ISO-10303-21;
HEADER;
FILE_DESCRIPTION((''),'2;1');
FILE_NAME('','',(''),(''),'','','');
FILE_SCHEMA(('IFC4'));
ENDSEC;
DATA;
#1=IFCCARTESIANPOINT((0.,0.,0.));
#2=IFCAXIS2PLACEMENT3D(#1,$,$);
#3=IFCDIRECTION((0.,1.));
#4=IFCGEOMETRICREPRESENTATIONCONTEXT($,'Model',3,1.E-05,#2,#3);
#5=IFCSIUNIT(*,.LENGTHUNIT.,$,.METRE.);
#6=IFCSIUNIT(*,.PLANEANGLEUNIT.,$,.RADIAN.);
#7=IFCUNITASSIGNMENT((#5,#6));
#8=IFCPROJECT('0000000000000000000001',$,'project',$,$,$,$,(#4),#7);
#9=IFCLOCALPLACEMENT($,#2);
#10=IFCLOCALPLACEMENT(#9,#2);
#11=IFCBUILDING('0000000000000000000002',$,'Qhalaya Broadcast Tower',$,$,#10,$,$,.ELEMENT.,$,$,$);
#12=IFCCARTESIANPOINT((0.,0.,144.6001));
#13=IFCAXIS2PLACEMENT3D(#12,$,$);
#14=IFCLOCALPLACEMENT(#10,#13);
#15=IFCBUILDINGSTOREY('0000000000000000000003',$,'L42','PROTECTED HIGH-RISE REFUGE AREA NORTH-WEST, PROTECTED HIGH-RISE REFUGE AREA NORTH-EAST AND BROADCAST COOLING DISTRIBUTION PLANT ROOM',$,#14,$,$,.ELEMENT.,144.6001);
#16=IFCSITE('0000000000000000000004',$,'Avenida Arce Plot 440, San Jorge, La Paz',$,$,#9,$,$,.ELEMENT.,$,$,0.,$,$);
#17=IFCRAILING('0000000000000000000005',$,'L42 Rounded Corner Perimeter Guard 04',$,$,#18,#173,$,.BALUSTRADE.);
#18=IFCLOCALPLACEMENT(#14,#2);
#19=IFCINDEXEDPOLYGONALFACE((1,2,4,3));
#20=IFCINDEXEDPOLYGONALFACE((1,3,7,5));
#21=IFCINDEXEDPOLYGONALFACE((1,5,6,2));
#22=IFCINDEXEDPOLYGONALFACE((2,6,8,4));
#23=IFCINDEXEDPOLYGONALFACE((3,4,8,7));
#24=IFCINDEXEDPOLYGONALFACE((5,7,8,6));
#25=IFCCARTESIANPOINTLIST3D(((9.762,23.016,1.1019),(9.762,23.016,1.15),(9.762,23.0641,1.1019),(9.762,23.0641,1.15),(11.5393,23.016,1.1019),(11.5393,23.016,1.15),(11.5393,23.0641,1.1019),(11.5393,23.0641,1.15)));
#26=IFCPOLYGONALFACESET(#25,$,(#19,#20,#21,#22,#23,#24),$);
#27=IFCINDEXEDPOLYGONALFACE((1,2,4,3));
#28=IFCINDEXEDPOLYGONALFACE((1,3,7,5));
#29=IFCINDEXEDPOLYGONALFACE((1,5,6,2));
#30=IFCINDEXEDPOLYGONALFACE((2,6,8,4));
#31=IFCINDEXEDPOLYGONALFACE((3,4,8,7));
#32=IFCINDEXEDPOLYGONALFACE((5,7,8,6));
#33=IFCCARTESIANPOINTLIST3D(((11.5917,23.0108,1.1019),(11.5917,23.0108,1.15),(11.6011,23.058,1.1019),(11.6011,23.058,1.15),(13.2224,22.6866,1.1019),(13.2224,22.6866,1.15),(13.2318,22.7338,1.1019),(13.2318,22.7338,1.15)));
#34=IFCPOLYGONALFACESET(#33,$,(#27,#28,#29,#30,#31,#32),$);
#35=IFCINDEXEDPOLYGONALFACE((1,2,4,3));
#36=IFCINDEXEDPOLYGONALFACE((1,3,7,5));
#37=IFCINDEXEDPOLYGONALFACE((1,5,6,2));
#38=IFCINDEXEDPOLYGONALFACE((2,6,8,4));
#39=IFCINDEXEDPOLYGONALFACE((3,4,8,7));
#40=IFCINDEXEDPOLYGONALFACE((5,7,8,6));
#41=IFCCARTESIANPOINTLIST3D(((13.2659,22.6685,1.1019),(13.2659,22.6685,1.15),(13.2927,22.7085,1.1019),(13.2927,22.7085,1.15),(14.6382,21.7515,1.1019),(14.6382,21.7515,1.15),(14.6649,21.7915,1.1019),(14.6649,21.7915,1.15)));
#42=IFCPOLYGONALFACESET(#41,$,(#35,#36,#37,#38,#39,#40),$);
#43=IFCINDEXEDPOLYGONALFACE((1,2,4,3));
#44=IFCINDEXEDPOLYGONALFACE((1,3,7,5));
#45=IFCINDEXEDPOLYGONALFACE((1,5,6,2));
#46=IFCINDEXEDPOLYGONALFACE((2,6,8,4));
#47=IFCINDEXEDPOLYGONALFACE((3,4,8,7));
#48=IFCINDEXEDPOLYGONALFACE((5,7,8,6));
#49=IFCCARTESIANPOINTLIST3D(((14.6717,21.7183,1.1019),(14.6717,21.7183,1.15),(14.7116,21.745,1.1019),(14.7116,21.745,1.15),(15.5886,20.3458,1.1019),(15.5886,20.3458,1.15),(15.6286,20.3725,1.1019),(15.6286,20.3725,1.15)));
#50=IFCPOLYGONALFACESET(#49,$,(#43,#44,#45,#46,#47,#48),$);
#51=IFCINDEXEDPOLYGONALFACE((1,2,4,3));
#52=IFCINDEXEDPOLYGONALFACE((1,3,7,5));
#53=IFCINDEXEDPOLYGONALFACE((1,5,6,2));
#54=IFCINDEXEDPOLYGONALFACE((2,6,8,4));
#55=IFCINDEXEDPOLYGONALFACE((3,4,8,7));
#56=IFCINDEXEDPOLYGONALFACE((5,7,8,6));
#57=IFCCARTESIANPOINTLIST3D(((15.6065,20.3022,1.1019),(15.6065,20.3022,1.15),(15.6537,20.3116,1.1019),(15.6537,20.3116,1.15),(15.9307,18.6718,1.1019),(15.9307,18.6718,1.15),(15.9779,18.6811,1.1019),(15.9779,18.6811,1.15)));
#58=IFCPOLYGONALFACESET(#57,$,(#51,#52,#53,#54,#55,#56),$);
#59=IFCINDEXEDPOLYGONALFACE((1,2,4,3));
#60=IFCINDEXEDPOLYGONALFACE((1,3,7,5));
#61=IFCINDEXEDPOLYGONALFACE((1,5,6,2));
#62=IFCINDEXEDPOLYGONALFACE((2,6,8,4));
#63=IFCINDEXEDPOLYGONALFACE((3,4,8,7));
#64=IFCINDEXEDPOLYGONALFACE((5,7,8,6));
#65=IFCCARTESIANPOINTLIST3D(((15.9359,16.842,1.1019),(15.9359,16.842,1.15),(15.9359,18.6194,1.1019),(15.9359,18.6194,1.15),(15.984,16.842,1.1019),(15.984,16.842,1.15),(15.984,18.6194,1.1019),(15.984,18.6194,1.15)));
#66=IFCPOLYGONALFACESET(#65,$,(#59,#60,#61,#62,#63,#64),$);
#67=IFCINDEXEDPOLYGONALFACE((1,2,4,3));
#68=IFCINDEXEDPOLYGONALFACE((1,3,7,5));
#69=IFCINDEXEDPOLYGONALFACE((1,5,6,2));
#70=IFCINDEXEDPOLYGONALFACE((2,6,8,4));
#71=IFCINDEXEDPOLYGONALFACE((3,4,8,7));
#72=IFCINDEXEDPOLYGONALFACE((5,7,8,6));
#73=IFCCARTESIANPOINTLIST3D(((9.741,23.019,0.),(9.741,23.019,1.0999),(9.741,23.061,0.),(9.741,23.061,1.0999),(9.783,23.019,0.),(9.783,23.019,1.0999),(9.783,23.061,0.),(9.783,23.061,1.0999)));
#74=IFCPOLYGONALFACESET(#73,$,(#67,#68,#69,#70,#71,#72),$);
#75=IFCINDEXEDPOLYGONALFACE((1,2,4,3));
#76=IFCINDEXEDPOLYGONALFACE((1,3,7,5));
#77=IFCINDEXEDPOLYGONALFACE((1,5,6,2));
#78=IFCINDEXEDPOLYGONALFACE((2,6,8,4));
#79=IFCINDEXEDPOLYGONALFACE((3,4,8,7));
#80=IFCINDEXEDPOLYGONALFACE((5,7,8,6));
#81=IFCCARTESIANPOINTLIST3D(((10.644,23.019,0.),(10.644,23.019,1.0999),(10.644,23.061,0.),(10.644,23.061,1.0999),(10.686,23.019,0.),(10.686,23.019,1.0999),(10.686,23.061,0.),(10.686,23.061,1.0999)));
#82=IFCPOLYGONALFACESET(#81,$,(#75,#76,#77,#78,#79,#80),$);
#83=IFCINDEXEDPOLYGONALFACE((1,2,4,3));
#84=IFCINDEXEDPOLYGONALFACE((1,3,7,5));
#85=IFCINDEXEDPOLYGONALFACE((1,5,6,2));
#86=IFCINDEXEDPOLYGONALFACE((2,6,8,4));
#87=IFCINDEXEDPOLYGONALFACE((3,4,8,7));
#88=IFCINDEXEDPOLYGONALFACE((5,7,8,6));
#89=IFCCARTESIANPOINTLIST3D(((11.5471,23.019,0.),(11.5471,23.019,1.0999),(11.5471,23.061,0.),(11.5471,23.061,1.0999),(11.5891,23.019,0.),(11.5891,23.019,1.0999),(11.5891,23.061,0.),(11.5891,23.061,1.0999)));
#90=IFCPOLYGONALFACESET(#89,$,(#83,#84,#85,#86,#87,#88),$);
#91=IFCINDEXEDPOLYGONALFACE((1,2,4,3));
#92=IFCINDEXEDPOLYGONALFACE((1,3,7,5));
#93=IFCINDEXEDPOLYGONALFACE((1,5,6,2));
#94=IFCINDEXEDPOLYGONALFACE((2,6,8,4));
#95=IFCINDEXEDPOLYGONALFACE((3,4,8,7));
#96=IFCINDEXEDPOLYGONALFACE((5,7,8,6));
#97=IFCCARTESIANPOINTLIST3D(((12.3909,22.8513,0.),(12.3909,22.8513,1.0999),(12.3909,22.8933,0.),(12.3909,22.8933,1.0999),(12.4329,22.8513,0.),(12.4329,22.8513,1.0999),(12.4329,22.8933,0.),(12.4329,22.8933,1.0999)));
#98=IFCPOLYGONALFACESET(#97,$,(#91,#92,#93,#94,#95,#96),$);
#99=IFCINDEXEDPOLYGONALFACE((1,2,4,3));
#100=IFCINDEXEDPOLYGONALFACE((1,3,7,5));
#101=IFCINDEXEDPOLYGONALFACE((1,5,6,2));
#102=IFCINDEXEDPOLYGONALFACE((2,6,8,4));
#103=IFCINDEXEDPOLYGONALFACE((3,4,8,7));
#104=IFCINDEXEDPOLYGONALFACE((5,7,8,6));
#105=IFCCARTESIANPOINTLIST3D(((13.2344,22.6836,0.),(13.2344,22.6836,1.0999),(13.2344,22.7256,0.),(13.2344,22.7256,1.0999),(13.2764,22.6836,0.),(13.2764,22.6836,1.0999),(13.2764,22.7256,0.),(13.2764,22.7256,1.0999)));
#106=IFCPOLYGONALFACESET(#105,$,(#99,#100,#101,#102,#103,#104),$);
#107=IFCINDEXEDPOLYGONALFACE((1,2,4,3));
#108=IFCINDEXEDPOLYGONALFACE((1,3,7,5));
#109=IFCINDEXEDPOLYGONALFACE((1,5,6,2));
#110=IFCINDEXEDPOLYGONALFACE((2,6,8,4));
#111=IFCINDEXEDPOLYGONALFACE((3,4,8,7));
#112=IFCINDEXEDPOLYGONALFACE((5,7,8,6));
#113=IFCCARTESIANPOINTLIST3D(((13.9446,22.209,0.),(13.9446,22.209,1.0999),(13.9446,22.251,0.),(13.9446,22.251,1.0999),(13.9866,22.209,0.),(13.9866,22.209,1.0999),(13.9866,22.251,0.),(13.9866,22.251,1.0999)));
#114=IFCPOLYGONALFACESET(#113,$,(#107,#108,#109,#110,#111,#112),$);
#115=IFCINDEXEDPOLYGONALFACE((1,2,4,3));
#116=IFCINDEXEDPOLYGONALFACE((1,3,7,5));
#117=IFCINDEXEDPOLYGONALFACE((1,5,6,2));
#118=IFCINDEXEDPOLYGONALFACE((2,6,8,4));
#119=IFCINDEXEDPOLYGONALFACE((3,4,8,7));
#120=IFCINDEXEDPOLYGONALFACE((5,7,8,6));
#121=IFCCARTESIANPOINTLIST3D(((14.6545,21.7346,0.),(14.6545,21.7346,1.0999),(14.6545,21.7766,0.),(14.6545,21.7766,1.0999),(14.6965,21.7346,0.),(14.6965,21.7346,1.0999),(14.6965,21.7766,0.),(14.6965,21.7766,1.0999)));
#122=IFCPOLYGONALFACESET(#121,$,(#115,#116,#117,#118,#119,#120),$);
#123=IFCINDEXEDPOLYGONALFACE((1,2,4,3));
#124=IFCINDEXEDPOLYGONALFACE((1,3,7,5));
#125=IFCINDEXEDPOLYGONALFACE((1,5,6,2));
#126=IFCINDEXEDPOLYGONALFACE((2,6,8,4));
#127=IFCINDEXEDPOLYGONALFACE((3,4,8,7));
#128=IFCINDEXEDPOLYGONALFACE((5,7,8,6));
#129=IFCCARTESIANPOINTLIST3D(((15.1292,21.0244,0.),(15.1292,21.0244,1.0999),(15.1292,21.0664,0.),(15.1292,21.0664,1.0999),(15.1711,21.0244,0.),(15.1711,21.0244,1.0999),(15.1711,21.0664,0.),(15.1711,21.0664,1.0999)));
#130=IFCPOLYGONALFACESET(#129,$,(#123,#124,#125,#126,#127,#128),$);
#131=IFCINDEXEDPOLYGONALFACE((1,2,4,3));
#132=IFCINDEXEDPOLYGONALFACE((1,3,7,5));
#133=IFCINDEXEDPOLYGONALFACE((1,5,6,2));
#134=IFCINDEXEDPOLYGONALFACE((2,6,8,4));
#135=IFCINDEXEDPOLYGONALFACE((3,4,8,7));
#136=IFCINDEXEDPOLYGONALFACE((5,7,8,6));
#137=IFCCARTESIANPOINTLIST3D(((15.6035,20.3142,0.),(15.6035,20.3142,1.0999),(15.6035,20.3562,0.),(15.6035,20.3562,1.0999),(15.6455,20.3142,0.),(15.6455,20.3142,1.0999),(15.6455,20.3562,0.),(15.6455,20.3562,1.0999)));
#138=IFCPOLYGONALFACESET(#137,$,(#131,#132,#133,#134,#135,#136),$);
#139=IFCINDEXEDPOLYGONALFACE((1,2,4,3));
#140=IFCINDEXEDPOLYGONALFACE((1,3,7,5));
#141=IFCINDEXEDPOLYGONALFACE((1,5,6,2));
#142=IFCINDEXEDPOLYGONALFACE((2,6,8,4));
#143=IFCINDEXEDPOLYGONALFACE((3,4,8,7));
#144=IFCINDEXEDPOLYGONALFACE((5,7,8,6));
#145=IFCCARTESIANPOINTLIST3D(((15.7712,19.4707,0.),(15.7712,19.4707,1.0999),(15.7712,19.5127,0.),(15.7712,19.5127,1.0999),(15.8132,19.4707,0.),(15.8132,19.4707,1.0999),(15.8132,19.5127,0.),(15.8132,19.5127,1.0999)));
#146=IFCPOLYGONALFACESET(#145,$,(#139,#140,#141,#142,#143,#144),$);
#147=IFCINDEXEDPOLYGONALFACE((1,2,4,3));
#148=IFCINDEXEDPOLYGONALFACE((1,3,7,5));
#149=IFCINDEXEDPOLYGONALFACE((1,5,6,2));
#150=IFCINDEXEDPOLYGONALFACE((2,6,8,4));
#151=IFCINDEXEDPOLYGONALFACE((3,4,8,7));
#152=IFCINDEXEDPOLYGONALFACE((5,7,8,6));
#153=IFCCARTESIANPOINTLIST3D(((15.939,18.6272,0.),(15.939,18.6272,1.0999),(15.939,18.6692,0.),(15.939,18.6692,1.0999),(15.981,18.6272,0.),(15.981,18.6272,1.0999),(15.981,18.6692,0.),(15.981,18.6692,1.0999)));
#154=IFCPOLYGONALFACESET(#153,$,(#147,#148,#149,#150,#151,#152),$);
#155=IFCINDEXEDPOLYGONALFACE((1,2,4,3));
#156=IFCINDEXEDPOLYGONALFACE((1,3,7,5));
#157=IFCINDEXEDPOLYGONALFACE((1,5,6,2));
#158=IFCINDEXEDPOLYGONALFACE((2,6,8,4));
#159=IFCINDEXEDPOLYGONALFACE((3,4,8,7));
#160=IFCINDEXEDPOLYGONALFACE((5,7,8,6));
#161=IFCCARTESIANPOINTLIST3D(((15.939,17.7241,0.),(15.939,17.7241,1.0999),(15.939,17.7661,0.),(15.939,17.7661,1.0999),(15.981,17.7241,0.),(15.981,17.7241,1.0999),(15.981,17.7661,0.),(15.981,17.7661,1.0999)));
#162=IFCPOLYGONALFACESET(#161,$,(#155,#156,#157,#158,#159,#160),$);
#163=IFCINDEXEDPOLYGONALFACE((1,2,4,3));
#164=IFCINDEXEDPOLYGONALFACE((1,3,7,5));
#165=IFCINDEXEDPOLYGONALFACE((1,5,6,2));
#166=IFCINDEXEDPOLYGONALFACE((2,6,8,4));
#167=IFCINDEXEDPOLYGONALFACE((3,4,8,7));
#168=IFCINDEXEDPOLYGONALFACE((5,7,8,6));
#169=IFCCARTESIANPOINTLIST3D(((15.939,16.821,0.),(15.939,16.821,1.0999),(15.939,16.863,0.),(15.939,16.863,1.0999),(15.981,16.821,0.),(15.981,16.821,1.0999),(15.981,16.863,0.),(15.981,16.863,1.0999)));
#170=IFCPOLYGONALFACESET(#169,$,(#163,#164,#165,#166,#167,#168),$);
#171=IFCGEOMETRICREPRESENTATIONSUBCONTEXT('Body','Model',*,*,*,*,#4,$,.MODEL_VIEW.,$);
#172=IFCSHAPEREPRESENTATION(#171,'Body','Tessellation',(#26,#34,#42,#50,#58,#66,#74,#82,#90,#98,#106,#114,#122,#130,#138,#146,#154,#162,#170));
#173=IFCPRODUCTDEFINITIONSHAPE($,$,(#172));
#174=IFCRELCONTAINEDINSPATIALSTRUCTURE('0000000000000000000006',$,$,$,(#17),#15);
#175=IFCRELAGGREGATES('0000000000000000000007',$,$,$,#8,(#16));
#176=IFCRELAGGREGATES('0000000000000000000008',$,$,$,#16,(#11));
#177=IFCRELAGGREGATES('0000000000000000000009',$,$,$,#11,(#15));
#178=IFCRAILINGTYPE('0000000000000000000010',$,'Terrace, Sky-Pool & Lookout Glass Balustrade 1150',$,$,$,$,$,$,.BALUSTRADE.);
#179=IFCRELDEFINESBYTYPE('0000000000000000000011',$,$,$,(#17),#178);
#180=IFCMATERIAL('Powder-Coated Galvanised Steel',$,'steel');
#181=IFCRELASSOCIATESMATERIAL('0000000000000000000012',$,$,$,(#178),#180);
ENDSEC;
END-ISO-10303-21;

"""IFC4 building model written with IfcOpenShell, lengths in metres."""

from ifc_helpers import new_model, si_unit, direction, frame, origin, origin_2d, place, context, subcontext, project, spatial, rectangle, extrude, material, type_object, element, save


model = new_model("IFC4")

# Units and contexts
model_context = context("Model", 3, precision=1e-05, world=origin(), true_north=direction((0.0, 1.0)))
body_context = subcontext(model_context, "Body", "Model", "MODEL_VIEW")
ifc_project = project(units=[si_unit("LENGTHUNIT", "METRE"), si_unit("PLANEANGLEUNIT", "RADIAN")], contexts=[model_context])

# Site, building, storey
site_placement = place(None, origin())
site = spatial("IfcSite", under=ifc_project, at=site_placement, Name="Avenida Arce Plot 440, San Jorge, La Paz", CompositionType="ELEMENT", RefElevation=0.0)
building_placement = place(site_placement, origin())
building = spatial("IfcBuilding", under=site, at=building_placement, Name="Qhalaya Broadcast Tower", CompositionType="ELEMENT")
storey_placement = place(building_placement, frame((0.0, 0.0, 144.6001)))
storey = spatial("IfcBuildingStorey", under=building, at=storey_placement, Name="L42", Description="PROTECTED HIGH-RISE REFUGE AREA NORTH-WEST, PROTECTED HIGH-RISE REFUGE AREA NORTH-EAST AND BROADCAST COOLING DISTRIBUTION PLANT ROOM", CompositionType="ELEMENT", Elevation=144.6001)

# Railing
ifc_material_1 = material(Name="Powder-Coated Galvanised Steel", Category="steel")
railing_type = type_object("IfcRailingType", Name="Terrace, Sky-Pool & Lookout Glass Balustrade 1150", PredefinedType="BALUSTRADE", material=ifc_material_1)
railing_1_placement = place(storey_placement, frame((9.762, 23.04, 0.0)))
element("IfcRailing", 1, at=railing_1_placement, inside=storey, type_object=railing_type, Name="L42 Rounded Corner Perimeter Guard 04", PredefinedType="BALUSTRADE", context=body_context, shape_type="SweptSolid", body=[
    extrude(rectangle(XDim=0.0481, YDim=0.0481, at=origin_2d()), frame((0.0, 0.0, 1.126), z_axis=(1.0, 0.0, 0.0), x_axis=(0.0, 1.0, 0.0)), (0.0, 0.0, 1.0), 1.7773),
    extrude(rectangle(XDim=0.0481, YDim=0.0481, at=origin_2d()), frame((1.8345, -0.0056, 1.126), z_axis=(0.980804, -0.194997, 0.0), x_axis=(0.194997, 0.980804, 0.0)), (0.0, 0.0, 1.0), 1.6626),
    extrude(rectangle(XDim=0.0481, YDim=0.0481, at=origin_2d()), frame((3.5173, -0.3516, 1.126), z_axis=(0.831456, -0.55559, 0.0), x_axis=(0.55559, 0.831456, 0.0)), (0.0, 0.0, 1.0), 1.6504),
    extrude(rectangle(XDim=0.0481, YDim=0.0481, at=origin_2d()), frame((4.9297, -1.3083, 1.126), z_axis=(0.555524, -0.8315, 0.0), x_axis=(0.8315, 0.555524, 0.0)), (0.0, 0.0, 1.0), 1.6506),
    extrude(rectangle(XDim=0.0481, YDim=0.0481, at=origin_2d()), frame((5.8682, -2.7332, 1.126), z_axis=(0.195024, -0.980798, 0.0), x_axis=(0.980798, 0.195024, 0.0)), (0.0, 0.0, 1.0), 1.6624),
    extrude(rectangle(XDim=0.0481, YDim=0.0481, at=origin_2d()), frame((6.198, -4.4207, 1.126), z_axis=(0.0, -1.0, 0.0), x_axis=(1.0, 0.0, 0.0)), (0.0, 0.0, 1.0), 1.7773),
    extrude(rectangle(XDim=0.042, YDim=0.042, at=origin_2d()), origin(), (0.0, 0.0, 1.0), 1.0999),
    extrude(rectangle(XDim=0.042, YDim=0.042, at=origin_2d()), frame((0.9031, 0.0, 0.0)), (0.0, 0.0, 1.0), 1.0999),
    extrude(rectangle(XDim=0.042, YDim=0.042, at=origin_2d()), frame((1.8062, 0.0, 0.0)), (0.0, 0.0, 1.0), 1.0999),
    extrude(rectangle(XDim=0.042, YDim=0.042, at=origin_2d()), frame((2.6499, -0.1677, 0.0)), (0.0, 0.0, 1.0), 1.0999),
    extrude(rectangle(XDim=0.042, YDim=0.042, at=origin_2d()), frame((3.4934, -0.3354, 0.0)), (0.0, 0.0, 1.0), 1.0999),
    extrude(rectangle(XDim=0.042, YDim=0.042, at=origin_2d()), frame((4.2036, -0.8101, 0.0)), (0.0, 0.0, 1.0), 1.0999),
    extrude(rectangle(XDim=0.042, YDim=0.042, at=origin_2d()), frame((4.9136, -1.2844, 0.0)), (0.0, 0.0, 1.0), 1.0999),
    extrude(rectangle(XDim=0.042, YDim=0.042, at=origin_2d()), frame((5.3882, -1.9946, 0.0)), (0.0, 0.0, 1.0), 1.0999),
    extrude(rectangle(XDim=0.042, YDim=0.042, at=origin_2d()), frame((5.8625, -2.7048, 0.0)), (0.0, 0.0, 1.0), 1.0999),
    extrude(rectangle(XDim=0.042, YDim=0.042, at=origin_2d()), frame((6.0303, -3.5483, 0.0)), (0.0, 0.0, 1.0), 1.0999),
    extrude(rectangle(XDim=0.042, YDim=0.042, at=origin_2d()), frame((6.198, -4.3918, 0.0)), (0.0, 0.0, 1.0), 1.0999),
    extrude(rectangle(XDim=0.042, YDim=0.042, at=origin_2d()), frame((6.198, -5.2949, 0.0)), (0.0, 0.0, 1.0), 1.0999),
    extrude(rectangle(XDim=0.042, YDim=0.042, at=origin_2d()), frame((6.198, -6.198, 0.0)), (0.0, 0.0, 1.0), 1.0999),
])

save(model, "model.ifc")
